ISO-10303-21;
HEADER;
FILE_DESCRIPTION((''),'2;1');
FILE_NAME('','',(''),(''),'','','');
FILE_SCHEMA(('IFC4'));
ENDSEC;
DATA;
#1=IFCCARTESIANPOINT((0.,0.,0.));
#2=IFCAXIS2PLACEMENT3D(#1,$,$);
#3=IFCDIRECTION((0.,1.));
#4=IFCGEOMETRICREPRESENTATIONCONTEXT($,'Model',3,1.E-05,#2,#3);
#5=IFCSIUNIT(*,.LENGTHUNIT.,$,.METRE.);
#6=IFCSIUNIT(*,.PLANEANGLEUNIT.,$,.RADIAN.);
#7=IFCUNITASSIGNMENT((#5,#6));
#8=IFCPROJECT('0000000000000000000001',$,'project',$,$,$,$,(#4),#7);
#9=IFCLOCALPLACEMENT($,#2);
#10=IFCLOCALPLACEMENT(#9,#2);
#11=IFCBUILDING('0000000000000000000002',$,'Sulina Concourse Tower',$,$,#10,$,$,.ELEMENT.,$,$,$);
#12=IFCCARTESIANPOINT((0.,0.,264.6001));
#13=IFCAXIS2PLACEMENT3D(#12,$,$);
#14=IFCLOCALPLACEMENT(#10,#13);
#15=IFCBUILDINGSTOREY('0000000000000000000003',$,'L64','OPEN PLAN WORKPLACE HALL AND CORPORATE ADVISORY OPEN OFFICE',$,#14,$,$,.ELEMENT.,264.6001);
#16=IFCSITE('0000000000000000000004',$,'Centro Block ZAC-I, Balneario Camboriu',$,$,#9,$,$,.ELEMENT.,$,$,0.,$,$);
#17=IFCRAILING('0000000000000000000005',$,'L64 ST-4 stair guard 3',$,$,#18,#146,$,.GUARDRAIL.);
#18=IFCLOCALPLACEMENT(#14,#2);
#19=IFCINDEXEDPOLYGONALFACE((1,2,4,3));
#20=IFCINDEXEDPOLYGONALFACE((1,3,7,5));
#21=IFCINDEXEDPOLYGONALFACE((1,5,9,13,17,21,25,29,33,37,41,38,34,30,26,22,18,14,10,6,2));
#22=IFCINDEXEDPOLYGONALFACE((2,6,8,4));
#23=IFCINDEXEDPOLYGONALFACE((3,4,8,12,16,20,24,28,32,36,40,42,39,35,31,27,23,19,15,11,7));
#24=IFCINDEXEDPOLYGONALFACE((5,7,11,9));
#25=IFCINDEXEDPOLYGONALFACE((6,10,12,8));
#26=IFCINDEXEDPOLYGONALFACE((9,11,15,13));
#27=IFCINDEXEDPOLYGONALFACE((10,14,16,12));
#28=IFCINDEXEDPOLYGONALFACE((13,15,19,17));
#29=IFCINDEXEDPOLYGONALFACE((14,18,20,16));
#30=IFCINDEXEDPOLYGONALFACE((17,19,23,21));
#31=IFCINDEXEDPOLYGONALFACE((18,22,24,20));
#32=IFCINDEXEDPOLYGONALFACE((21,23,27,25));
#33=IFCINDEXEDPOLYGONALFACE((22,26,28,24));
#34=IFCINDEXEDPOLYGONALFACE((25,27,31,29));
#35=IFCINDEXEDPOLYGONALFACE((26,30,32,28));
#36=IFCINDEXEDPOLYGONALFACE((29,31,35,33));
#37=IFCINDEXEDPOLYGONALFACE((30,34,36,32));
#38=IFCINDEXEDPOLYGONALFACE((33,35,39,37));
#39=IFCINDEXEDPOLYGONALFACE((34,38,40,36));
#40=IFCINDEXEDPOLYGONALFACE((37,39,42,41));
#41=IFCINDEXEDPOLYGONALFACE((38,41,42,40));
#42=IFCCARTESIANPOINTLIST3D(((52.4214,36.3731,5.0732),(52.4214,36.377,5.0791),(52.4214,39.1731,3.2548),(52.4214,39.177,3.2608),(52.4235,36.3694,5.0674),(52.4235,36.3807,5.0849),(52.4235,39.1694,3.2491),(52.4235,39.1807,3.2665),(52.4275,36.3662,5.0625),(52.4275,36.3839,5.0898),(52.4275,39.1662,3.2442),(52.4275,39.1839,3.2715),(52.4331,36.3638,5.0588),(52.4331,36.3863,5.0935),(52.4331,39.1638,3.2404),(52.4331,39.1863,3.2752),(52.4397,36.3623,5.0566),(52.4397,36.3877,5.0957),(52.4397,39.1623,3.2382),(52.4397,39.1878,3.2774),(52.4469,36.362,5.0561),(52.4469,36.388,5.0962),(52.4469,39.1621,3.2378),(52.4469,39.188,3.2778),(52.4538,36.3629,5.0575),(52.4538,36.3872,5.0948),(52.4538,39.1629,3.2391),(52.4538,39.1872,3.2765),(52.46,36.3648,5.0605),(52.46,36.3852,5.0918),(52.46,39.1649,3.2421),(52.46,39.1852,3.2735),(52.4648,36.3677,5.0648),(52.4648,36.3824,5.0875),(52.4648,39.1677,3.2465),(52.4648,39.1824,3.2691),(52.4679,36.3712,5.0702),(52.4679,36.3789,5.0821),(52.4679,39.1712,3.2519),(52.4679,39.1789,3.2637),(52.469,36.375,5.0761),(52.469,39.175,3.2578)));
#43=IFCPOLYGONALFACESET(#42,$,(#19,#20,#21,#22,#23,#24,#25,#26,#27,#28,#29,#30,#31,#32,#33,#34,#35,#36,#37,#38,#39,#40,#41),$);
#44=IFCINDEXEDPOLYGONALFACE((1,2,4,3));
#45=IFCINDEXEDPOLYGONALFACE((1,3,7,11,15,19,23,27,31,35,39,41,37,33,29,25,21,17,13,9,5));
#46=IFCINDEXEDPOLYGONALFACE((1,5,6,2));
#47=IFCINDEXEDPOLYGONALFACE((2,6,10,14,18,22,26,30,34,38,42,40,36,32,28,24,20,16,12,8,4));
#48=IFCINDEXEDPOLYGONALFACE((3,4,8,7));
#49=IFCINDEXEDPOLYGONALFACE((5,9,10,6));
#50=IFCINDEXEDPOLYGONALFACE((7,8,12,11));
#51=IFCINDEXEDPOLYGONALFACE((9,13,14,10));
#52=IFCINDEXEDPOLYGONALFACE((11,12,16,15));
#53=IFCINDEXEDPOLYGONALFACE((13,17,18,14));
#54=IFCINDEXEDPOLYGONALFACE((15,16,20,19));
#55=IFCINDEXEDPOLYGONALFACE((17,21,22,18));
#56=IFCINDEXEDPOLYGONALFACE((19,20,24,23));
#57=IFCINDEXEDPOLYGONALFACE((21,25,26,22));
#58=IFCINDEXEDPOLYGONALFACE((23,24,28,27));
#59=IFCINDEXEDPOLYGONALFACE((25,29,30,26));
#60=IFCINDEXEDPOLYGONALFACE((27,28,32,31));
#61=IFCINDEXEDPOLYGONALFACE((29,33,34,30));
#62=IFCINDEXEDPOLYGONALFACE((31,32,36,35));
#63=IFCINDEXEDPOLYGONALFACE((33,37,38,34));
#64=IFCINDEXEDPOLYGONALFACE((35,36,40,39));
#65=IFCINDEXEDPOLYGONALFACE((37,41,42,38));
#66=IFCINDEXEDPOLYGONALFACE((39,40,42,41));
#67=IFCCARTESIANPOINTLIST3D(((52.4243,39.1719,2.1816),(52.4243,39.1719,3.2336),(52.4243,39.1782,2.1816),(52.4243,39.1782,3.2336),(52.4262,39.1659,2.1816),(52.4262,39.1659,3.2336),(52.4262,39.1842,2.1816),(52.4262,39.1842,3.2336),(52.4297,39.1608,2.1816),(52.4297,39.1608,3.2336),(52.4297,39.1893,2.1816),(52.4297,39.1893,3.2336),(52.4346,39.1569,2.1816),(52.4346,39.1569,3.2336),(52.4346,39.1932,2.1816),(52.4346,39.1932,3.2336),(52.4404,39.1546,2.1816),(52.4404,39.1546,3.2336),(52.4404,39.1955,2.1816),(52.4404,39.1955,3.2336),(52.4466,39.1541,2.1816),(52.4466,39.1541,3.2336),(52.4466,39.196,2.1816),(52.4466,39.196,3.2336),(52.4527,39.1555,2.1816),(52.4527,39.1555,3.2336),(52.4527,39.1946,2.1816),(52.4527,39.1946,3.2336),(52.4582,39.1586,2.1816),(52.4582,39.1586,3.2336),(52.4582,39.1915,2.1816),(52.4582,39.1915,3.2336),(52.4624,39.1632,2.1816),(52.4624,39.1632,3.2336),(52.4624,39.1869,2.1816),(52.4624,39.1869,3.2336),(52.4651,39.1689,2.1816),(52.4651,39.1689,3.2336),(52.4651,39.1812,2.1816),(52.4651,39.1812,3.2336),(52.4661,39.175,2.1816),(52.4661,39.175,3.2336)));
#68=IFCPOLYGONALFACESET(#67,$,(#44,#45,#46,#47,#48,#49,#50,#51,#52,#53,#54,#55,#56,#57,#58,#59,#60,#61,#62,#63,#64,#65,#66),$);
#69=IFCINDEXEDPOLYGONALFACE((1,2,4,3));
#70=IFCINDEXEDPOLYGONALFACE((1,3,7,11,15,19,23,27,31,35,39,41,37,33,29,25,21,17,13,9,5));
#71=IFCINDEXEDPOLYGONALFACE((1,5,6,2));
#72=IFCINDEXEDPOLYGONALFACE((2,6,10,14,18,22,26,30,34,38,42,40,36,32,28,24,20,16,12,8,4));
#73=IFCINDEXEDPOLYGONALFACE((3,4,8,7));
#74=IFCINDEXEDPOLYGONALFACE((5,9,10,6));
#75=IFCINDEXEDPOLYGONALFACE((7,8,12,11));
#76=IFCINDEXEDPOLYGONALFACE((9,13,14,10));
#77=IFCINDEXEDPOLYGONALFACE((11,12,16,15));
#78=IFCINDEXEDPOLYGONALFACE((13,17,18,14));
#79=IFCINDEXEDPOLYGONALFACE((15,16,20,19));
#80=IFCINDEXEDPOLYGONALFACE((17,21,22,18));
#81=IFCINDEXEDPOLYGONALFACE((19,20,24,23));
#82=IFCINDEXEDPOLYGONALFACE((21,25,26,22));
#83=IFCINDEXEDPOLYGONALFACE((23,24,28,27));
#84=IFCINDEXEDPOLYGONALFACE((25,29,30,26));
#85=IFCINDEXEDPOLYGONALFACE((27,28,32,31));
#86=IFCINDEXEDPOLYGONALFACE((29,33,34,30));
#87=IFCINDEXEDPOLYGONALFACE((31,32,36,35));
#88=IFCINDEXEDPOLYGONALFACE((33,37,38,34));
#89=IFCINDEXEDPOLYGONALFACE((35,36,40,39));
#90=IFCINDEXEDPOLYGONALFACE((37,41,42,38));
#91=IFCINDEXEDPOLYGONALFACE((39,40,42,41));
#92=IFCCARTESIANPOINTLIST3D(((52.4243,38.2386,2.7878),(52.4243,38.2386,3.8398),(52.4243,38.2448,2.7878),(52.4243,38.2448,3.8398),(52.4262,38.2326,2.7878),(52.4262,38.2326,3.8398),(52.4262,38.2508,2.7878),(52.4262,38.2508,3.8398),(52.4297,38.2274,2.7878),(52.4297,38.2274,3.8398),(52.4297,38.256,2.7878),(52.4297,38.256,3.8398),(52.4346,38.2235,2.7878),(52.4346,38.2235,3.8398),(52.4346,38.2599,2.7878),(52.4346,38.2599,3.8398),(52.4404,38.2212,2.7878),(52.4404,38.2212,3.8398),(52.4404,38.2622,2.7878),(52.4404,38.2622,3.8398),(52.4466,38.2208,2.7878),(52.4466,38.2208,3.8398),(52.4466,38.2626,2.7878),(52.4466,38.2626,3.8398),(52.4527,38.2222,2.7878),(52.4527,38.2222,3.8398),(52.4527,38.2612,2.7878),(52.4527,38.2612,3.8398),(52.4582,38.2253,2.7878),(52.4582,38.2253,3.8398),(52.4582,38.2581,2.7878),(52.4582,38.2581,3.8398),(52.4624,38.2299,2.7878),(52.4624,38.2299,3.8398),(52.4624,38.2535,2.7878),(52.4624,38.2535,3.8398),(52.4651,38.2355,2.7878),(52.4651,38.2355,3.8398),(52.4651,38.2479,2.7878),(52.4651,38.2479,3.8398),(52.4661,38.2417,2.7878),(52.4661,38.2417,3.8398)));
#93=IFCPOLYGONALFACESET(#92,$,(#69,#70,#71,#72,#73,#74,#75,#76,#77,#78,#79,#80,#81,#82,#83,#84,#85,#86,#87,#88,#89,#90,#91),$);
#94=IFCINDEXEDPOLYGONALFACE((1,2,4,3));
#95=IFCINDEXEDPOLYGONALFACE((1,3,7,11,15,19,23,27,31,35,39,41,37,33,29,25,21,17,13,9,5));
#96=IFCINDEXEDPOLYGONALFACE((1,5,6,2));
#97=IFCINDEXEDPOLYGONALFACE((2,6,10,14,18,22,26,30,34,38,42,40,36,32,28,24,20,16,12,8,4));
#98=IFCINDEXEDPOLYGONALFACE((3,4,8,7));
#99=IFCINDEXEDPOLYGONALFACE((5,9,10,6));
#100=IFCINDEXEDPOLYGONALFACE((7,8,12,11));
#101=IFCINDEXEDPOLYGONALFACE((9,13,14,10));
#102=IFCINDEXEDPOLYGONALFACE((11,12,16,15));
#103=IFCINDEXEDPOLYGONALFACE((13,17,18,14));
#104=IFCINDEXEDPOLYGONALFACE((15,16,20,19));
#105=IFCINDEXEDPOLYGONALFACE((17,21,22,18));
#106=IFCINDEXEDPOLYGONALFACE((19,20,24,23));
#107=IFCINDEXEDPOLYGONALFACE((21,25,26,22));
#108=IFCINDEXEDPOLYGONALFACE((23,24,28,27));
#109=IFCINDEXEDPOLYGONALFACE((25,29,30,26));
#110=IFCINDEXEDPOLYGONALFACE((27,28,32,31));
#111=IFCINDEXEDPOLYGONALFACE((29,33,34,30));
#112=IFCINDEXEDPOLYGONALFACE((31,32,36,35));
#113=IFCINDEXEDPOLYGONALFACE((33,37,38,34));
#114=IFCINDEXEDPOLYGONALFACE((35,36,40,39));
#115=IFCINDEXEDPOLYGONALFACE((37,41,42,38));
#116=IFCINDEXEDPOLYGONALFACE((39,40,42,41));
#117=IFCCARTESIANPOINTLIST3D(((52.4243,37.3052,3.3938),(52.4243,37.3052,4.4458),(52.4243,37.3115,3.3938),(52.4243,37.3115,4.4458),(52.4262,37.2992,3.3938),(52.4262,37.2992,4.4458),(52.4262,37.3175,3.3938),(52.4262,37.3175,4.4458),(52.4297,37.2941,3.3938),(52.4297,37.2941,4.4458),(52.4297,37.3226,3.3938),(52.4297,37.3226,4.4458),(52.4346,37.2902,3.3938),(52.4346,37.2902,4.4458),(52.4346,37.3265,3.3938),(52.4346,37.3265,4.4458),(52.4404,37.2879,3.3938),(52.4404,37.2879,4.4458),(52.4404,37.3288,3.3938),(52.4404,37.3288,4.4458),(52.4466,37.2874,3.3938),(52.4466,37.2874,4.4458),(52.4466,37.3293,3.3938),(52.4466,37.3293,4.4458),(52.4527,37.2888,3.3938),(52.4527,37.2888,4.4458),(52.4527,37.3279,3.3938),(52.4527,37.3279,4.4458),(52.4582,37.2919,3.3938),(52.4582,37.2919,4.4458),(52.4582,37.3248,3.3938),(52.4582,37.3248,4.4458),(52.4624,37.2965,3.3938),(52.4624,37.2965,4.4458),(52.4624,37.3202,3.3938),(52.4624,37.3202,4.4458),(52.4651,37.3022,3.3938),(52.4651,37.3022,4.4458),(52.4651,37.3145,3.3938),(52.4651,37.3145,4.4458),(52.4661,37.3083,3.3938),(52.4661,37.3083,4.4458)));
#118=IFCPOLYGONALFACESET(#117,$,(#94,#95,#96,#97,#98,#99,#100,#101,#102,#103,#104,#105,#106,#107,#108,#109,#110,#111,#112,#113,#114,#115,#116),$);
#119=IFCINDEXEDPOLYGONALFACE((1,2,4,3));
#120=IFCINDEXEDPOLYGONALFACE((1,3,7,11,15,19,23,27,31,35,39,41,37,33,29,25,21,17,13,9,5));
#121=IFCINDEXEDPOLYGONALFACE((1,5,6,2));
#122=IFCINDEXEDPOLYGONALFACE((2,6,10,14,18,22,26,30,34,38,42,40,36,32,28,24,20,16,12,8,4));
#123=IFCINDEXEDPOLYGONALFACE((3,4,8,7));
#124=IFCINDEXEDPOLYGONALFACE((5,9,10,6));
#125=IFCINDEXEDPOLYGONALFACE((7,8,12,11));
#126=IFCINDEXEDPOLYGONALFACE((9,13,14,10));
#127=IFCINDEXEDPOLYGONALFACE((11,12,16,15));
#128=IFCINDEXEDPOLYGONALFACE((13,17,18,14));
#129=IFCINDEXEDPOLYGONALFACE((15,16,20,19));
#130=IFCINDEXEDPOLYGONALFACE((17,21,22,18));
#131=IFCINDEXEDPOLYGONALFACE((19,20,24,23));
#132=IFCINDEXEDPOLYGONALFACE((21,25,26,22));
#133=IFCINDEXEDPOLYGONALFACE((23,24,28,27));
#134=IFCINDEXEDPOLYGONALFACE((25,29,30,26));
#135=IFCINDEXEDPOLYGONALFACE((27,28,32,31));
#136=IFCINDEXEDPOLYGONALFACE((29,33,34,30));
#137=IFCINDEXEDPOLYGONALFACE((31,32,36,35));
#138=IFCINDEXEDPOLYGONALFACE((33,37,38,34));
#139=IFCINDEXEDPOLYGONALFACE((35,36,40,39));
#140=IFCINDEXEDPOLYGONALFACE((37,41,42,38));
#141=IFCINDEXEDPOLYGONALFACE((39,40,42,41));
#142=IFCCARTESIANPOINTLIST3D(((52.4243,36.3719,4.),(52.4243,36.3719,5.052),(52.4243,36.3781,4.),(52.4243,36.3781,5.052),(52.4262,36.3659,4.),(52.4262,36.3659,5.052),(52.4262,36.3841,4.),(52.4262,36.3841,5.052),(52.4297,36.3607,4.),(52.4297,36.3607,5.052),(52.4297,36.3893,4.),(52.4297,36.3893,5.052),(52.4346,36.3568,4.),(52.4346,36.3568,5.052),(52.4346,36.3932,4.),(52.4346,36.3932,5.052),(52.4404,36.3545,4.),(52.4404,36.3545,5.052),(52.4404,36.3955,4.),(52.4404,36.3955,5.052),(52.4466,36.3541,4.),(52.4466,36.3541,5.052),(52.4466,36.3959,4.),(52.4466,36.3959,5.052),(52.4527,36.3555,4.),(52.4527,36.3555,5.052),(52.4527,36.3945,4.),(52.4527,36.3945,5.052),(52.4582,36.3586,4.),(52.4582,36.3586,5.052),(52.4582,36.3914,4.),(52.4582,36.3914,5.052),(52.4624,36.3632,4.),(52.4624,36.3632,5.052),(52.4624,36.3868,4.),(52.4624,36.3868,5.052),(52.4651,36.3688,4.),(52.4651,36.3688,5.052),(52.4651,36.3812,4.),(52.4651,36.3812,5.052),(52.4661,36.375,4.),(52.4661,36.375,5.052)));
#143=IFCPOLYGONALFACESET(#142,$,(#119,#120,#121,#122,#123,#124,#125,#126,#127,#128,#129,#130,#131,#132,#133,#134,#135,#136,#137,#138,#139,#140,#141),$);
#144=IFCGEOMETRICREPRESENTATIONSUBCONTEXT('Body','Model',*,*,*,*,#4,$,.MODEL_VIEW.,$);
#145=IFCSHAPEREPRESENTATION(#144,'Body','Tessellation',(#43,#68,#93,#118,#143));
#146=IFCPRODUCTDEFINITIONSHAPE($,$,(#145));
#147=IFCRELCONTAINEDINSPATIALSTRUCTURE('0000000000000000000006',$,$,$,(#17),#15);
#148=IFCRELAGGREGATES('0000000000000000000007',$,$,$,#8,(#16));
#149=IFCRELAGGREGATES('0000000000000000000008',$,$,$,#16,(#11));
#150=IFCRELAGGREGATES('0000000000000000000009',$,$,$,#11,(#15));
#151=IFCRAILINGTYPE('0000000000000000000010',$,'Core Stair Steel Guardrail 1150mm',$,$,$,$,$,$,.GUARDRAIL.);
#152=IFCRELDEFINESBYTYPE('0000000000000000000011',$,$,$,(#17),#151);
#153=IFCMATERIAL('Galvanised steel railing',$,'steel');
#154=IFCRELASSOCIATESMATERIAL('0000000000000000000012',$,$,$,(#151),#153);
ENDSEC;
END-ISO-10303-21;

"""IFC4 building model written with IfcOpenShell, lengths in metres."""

from ifc_helpers import new_model, si_unit, direction, frame, origin, origin_2d, place, context, subcontext, project, spatial, circle, extrude, material, type_object, element, save


model = new_model("IFC4")

# Units and contexts
model_context = context("Model", 3, precision=1e-05, world=origin(), true_north=direction((0.0, 1.0)))
body_context = subcontext(model_context, "Body", "Model", "MODEL_VIEW")
ifc_project = project(units=[si_unit("LENGTHUNIT", "METRE"), si_unit("PLANEANGLEUNIT", "RADIAN")], contexts=[model_context])

# Site, building, storey
site_placement = place(None, origin())
site = spatial("IfcSite", under=ifc_project, at=site_placement, Name="Centro Block ZAC-I, Balneario Camboriu", CompositionType="ELEMENT", RefElevation=0.0)
building_placement = place(site_placement, origin())
building = spatial("IfcBuilding", under=site, at=building_placement, Name="Sulina Concourse Tower", CompositionType="ELEMENT")
storey_placement = place(building_placement, frame((0.0, 0.0, 264.6001)))
storey = spatial("IfcBuildingStorey", under=building, at=storey_placement, Name="L64", Description="OPEN PLAN WORKPLACE HALL AND CORPORATE ADVISORY OPEN OFFICE", CompositionType="ELEMENT", Elevation=264.6001)

# Railing
ifc_material_1 = material(Name="Galvanised steel railing", Category="steel")
railing_type_1 = type_object("IfcRailingType", Name="Core Stair Steel Guardrail 1150mm", PredefinedType="GUARDRAIL", material=ifc_material_1)
railing_1_placement = place(storey_placement, frame((52.4451, 39.175, 2.1816)))
element("IfcRailing", 1, at=railing_1_placement, inside=storey, type_object=railing_type_1, Name="L64 ST-4 stair guard 3", PredefinedType="GUARDRAIL", context=body_context, shape_type="SweptSolid", body=[
    extrude(circle(Radius=0.0239, at=origin_2d()), frame((0.0, 0.0, 1.0762), z_axis=(0.0, -0.838672, 0.544636), x_axis=(1.0, 0.0, 0.0)), (0.0, 0.0, 1.0), 3.3386),
    extrude(circle(Radius=0.021, at=origin_2d()), origin(), (0.0, 0.0, 1.0), 1.052),
    extrude(circle(Radius=0.021, at=origin_2d()), frame((0.0, -0.9333, 0.6062)), (0.0, 0.0, 1.0), 1.052),
    extrude(circle(Radius=0.021, at=origin_2d()), frame((0.0, -1.8667, 1.2122)), (0.0, 0.0, 1.0), 1.052),
    extrude(circle(Radius=0.021, at=origin_2d()), frame((0.0, -2.8, 1.8184)), (0.0, 0.0, 1.0), 1.052),
])

save(model, "model.ifc")
